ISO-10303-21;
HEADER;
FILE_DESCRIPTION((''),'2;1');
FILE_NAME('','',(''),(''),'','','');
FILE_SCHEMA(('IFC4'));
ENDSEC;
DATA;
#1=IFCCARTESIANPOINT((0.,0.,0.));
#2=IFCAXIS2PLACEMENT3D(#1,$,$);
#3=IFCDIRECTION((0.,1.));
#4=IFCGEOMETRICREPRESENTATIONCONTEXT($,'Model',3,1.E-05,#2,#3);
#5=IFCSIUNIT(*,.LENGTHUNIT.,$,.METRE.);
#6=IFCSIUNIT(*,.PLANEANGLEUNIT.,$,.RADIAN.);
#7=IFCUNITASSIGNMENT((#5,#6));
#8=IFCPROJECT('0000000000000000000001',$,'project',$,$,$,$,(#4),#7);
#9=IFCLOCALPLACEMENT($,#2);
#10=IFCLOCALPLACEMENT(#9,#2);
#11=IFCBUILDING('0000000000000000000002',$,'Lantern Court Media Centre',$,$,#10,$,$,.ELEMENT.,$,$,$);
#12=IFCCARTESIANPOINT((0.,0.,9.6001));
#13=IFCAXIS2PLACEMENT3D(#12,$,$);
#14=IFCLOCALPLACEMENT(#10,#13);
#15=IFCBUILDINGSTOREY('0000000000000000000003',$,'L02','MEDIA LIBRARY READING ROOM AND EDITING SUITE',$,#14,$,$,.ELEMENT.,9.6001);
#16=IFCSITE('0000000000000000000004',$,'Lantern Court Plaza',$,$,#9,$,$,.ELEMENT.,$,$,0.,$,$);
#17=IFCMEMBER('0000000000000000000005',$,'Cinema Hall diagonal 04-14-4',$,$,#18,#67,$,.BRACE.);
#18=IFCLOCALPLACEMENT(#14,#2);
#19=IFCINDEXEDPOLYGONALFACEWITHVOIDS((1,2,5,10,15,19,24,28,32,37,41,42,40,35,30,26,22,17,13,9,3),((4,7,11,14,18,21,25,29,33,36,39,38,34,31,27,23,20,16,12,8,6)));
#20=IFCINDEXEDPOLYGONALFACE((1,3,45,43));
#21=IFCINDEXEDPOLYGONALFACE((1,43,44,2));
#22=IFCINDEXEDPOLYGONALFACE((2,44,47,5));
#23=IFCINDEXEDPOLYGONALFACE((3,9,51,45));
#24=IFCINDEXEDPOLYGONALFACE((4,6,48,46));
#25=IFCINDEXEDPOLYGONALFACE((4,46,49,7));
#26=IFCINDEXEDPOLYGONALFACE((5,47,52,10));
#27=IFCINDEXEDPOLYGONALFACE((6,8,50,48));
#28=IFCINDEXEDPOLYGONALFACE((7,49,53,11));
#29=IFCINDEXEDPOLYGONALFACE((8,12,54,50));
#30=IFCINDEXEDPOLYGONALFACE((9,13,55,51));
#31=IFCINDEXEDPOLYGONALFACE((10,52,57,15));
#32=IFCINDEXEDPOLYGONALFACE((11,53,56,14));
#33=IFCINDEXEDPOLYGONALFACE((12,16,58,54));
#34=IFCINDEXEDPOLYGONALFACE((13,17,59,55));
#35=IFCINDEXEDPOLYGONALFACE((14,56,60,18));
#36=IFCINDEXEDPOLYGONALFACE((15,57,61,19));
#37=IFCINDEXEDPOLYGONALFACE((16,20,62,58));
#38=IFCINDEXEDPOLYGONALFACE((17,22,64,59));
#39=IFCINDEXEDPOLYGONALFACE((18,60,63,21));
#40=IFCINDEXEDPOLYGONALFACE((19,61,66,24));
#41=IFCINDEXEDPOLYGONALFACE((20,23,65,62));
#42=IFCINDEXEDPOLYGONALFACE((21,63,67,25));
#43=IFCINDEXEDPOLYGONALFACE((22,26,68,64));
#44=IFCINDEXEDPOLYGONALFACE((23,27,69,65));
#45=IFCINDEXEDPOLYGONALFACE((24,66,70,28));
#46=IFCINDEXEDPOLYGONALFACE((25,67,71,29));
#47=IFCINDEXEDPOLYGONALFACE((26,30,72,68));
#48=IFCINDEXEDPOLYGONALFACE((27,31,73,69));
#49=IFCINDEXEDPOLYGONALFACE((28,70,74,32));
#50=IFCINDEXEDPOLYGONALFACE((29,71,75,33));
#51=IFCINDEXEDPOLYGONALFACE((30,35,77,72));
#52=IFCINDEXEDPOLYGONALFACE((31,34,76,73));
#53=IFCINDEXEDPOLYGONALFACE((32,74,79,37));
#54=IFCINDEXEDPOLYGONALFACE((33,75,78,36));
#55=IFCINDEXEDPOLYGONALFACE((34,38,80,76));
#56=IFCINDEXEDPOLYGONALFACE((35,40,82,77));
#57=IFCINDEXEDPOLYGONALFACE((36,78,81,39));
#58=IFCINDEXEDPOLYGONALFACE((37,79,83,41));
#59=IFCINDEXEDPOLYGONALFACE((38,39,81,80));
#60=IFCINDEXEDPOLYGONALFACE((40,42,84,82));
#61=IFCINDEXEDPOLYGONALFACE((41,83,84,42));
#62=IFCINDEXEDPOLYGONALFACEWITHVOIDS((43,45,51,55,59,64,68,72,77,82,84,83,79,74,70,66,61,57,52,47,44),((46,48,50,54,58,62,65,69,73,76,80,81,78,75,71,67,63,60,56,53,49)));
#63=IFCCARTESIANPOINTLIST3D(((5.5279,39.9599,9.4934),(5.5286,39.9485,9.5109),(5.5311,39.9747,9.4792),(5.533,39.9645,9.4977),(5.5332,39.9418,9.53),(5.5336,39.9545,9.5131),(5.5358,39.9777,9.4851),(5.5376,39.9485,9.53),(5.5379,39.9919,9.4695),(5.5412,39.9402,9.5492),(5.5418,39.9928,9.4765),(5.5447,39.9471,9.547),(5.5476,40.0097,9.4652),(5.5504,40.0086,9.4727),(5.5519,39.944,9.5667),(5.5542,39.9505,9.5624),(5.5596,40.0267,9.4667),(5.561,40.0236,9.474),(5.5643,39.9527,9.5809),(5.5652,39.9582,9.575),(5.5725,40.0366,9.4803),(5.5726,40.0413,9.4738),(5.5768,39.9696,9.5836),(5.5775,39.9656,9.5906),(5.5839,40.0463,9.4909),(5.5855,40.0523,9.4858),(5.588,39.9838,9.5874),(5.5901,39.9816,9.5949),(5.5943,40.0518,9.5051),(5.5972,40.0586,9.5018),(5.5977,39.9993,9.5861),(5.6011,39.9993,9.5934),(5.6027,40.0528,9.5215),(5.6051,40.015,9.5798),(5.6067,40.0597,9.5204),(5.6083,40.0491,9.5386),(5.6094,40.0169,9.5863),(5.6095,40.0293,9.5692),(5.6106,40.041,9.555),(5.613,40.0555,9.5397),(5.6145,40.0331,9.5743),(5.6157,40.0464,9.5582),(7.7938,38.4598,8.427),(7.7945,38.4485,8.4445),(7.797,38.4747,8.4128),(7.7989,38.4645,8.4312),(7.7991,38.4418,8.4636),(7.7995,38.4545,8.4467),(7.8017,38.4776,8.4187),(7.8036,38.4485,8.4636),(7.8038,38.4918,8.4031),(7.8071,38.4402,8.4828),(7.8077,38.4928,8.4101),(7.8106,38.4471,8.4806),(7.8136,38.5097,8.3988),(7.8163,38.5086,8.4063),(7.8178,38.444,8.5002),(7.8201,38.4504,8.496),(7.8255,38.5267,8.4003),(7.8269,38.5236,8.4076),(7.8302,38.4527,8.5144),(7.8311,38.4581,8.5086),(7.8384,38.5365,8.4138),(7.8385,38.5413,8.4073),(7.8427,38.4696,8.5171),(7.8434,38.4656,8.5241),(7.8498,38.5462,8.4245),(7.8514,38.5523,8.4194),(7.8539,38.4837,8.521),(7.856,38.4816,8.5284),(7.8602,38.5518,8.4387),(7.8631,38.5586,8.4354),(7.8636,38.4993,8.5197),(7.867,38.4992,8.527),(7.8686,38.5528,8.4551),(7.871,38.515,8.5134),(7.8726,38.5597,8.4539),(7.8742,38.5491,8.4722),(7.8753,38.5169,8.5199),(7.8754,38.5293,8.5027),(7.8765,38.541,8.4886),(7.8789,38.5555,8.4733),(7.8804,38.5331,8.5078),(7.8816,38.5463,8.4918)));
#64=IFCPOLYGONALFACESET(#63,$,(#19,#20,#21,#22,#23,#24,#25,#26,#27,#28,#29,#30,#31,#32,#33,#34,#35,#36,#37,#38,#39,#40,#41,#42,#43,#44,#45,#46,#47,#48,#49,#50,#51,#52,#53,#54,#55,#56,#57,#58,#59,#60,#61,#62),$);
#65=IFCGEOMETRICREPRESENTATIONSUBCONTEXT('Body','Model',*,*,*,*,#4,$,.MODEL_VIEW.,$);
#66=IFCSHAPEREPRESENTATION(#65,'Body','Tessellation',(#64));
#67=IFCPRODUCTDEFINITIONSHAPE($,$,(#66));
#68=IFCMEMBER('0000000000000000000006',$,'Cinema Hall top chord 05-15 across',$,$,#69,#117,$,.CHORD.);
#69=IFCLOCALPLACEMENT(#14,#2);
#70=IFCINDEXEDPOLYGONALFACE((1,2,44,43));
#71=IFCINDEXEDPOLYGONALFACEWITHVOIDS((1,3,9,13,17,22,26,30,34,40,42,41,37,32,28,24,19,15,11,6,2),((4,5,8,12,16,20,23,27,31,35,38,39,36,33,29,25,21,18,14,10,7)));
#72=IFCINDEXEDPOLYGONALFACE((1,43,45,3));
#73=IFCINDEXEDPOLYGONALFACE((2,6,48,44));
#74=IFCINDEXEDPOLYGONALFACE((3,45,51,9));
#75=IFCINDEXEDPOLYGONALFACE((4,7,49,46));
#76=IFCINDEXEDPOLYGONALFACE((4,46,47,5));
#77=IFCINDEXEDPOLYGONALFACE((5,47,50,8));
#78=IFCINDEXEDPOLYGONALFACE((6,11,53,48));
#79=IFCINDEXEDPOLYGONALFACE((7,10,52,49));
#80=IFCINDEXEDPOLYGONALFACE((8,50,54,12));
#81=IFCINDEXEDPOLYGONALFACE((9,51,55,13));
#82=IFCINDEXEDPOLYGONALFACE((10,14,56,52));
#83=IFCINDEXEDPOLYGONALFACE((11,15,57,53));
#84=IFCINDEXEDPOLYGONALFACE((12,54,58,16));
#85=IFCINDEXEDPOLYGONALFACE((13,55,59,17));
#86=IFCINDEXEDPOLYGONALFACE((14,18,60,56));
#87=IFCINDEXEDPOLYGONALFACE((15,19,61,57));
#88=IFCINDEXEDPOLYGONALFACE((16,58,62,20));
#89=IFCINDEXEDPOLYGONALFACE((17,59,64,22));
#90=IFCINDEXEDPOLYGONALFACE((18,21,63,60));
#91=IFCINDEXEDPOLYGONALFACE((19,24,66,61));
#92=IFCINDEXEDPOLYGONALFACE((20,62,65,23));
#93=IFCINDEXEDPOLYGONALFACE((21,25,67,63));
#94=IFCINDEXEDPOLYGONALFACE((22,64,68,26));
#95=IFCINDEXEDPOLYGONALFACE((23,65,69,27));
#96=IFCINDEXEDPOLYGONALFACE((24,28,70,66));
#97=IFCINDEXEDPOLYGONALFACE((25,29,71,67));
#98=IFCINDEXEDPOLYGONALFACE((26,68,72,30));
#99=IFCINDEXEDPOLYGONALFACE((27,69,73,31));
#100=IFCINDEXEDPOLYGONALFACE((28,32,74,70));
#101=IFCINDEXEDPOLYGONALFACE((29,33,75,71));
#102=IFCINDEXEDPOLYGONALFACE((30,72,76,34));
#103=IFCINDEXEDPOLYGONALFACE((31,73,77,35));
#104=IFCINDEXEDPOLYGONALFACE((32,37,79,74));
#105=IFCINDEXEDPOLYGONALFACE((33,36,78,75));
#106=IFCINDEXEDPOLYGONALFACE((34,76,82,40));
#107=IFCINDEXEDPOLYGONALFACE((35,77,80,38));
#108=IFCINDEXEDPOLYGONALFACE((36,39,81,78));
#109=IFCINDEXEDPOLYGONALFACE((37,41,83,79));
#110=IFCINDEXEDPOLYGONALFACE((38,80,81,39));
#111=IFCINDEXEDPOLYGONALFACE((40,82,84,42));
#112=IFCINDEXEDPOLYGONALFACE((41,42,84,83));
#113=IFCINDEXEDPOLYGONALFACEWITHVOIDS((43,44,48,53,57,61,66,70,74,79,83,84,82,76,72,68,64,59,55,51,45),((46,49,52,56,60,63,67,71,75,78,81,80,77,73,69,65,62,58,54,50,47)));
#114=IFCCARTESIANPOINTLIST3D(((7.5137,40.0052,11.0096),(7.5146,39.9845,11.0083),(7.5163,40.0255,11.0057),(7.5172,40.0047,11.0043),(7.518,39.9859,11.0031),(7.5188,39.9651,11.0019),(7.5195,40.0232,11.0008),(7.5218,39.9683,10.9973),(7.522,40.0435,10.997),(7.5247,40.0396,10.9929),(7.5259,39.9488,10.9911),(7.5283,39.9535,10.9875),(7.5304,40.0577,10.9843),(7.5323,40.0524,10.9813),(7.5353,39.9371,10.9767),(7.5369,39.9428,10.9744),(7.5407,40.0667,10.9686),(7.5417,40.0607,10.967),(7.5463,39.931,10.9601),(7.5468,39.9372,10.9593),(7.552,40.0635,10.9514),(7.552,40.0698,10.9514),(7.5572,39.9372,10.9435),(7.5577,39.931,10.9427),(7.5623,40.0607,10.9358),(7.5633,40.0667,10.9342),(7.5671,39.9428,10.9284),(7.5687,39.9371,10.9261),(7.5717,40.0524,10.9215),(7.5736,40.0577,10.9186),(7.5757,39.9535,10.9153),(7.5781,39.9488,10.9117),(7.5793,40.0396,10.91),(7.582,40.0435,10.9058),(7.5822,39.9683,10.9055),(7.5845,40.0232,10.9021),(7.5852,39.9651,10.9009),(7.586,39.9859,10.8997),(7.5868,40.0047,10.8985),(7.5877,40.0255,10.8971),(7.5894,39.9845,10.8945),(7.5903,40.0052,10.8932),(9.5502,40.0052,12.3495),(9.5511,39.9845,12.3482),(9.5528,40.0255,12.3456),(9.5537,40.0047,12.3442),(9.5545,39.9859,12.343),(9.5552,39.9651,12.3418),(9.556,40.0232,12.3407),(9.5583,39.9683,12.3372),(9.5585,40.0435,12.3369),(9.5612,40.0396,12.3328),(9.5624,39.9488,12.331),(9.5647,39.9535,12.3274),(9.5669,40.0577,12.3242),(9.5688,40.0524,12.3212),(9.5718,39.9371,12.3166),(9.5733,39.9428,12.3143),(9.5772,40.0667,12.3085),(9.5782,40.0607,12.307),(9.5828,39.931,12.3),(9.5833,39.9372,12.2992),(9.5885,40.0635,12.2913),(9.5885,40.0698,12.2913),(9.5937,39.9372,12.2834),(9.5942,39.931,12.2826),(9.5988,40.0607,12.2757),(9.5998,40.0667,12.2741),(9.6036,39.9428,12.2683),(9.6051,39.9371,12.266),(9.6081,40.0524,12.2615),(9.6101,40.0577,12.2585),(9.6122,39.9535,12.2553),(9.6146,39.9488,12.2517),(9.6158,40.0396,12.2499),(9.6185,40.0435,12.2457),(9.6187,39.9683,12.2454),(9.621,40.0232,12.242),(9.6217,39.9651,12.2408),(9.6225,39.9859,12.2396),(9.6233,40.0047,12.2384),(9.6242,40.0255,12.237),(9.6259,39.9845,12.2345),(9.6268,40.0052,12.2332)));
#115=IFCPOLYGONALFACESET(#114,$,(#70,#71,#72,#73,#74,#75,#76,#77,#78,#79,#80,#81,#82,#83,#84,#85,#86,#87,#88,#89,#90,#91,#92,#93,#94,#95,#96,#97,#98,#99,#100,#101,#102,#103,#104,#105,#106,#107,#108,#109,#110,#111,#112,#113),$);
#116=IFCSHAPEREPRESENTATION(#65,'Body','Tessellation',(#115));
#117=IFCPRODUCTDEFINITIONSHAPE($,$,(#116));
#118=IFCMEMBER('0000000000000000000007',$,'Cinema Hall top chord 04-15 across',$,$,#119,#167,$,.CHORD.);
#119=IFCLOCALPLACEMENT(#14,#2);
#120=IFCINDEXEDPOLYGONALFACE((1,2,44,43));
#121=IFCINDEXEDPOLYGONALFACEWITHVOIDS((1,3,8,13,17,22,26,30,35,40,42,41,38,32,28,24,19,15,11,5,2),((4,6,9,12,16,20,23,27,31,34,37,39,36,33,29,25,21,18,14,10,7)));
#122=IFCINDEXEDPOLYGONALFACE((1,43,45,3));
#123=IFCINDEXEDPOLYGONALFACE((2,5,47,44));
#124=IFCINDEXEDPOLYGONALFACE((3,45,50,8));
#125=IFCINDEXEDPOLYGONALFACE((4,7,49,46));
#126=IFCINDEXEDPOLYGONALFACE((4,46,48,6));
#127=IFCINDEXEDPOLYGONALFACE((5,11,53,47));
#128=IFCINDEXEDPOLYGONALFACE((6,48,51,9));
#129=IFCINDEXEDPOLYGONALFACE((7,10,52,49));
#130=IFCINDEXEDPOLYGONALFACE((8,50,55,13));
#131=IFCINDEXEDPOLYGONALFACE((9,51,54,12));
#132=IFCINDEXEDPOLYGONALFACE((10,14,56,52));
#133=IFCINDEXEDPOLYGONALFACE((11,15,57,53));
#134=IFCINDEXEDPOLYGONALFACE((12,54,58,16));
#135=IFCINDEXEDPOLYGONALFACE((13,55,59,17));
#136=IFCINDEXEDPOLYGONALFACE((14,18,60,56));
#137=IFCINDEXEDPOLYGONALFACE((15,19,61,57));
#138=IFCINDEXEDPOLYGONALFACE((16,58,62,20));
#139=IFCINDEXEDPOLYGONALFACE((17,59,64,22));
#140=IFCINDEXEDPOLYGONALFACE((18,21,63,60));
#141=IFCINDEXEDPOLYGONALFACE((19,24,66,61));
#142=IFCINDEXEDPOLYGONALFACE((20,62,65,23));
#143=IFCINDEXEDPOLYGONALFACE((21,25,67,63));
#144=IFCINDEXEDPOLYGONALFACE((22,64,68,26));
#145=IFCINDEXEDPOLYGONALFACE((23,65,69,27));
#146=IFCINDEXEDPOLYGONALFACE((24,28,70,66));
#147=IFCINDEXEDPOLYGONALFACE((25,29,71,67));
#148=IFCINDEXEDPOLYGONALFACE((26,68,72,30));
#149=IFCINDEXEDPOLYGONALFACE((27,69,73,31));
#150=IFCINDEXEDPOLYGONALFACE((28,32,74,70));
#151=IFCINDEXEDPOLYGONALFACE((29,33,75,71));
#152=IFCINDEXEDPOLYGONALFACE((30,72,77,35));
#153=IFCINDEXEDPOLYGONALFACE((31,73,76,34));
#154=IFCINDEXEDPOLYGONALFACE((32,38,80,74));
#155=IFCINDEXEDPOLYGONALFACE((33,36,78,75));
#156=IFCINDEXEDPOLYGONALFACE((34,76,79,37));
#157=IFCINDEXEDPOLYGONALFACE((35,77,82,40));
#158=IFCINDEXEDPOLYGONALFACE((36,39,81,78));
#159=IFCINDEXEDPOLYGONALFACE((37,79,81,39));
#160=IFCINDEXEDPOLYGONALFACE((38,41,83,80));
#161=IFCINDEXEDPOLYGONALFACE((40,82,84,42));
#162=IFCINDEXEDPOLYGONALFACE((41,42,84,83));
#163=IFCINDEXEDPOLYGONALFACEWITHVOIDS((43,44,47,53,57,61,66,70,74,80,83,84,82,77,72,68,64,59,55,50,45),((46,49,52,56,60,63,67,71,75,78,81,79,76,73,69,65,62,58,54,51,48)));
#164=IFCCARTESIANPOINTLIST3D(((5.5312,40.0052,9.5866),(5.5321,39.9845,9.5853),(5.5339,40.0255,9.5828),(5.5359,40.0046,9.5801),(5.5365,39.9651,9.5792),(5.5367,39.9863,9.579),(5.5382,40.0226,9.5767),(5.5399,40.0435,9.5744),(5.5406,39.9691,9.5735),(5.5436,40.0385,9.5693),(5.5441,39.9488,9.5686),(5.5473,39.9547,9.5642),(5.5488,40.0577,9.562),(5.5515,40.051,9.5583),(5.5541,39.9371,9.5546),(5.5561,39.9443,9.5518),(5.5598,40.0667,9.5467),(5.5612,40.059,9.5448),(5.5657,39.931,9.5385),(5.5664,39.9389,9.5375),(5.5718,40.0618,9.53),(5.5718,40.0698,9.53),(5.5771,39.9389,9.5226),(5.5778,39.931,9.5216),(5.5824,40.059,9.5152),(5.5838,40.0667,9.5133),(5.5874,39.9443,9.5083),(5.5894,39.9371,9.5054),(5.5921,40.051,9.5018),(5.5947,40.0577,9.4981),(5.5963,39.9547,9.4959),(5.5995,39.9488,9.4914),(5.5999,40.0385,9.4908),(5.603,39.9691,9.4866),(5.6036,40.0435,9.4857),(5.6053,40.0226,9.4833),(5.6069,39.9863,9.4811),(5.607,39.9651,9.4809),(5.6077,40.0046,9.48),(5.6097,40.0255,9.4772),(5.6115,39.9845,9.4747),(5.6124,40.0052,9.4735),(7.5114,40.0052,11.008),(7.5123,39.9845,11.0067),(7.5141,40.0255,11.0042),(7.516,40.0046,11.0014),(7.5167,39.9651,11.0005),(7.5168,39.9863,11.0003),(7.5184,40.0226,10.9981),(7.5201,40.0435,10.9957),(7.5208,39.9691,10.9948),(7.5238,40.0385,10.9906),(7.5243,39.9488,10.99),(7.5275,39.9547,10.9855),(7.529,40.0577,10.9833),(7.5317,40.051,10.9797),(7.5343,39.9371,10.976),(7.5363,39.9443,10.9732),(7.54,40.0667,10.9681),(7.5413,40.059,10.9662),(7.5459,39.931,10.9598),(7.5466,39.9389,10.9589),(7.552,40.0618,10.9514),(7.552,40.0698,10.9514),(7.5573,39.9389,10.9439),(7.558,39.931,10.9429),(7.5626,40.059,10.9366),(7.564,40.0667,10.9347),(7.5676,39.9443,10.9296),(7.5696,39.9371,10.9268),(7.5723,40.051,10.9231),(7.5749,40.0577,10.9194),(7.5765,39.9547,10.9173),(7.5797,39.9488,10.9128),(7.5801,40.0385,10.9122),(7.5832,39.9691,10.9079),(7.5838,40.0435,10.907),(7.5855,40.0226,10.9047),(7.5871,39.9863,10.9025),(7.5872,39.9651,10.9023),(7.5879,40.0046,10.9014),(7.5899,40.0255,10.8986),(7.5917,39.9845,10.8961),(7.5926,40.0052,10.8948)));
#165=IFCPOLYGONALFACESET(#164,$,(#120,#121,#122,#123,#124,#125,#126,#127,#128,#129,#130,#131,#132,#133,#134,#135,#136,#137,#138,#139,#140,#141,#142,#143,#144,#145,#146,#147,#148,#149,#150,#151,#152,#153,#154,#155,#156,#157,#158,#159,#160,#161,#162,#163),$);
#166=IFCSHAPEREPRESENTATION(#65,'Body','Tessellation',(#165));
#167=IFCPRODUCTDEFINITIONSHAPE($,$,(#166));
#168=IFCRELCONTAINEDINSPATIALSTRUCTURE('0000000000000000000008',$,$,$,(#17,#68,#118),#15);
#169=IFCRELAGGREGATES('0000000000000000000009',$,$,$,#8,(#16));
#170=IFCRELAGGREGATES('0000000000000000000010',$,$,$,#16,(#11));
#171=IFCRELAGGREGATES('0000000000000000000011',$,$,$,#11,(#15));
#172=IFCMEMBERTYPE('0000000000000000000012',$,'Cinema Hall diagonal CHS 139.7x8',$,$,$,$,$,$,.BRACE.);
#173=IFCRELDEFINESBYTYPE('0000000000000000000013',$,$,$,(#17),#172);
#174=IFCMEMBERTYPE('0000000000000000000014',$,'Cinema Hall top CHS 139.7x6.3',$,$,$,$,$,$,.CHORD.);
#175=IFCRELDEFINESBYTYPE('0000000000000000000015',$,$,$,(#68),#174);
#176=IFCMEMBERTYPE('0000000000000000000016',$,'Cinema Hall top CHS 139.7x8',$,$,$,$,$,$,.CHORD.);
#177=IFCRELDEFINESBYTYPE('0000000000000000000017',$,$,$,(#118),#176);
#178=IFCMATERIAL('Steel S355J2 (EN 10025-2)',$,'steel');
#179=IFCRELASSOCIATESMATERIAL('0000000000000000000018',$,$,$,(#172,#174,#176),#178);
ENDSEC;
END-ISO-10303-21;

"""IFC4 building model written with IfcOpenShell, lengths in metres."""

from ifc_helpers import new_model, si_unit, direction, frame, origin, origin_2d, place, context, subcontext, project, spatial, hollow_circle, extrude, material, material_profile, profile_set, type_object, element, save


model = new_model("IFC4")

# Units and contexts
model_context = context("Model", 3, precision=1e-05, world=origin(), true_north=direction((0.0, 1.0)))
body_context = subcontext(model_context, "Body", "Model", "MODEL_VIEW")
ifc_project = project(units=[si_unit("LENGTHUNIT", "METRE"), si_unit("PLANEANGLEUNIT", "RADIAN")], contexts=[model_context])

# Site, building, storey
site_placement = place(None, origin())
site = spatial("IfcSite", under=ifc_project, at=site_placement, Name="Lantern Court Plaza", CompositionType="ELEMENT", RefElevation=0.0)
building_placement = place(site_placement, origin())
building = spatial("IfcBuilding", under=site, at=building_placement, Name="Lantern Court Media Centre", CompositionType="ELEMENT")
storey_placement = place(building_placement, frame((0.0, 0.0, 9.6001)))
storey = spatial("IfcBuildingStorey", under=building, at=storey_placement, Name="L02", Description="MEDIA LIBRARY READING ROOM AND EDITING SUITE", CompositionType="ELEMENT", Elevation=9.6001)

# Shared definitions
ifc_material_1 = material(Name="Steel S355J2 (EN 10025-2)", Category="steel")

# Members
ifc_material_profile_1 = material_profile(ifc_material_1, hollow_circle(Radius=0.0698, WallThickness=0.0081, at=origin_2d()), Name="Cinema Hall diagonal CHS 139.7x8")
ifc_profile_set_1 = profile_set([ifc_material_profile_1], Name="Steel S355J2 (EN 10025-2)")
member_type_1 = type_object("IfcMemberType", Name="Cinema Hall diagonal CHS 139.7x8", PredefinedType="BRACE", material=ifc_profile_set_1)
member_1_placement = place(storey_placement, frame((7.8376, 38.5, 8.4636), z_axis=(-0.776211, 0.51385, 0.365315), x_axis=(-0.552002, -0.833843, 0.0)))
element("IfcMember", 1, at=member_1_placement, inside=storey, type_object=member_type_1, Name="Cinema Hall diagonal 04-14-4", PredefinedType="BRACE", context=body_context, shape_type="SweptSolid", body=[
    extrude(hollow_circle(Radius=0.0698, WallThickness=0.0081, at=origin_2d()), origin(), (0.0, 0.0, 1.0), 2.9192),
])
ifc_material_profile_2 = material_profile(ifc_material_1, hollow_circle(Radius=0.0698, WallThickness=0.0063, at=origin_2d()), Name="Cinema Hall top CHS 139.7x6.3")
ifc_profile_set_2 = profile_set([ifc_material_profile_2], Name="Steel S355J2 (EN 10025-2)")
member_type_2 = type_object("IfcMemberType", Name="Cinema Hall top CHS 139.7x6.3", PredefinedType="CHORD", material=ifc_profile_set_2)
member_2_placement = place(storey_placement, frame((7.552, 40.0, 10.9514), z_axis=(0.835394, 0.0, 0.549651), x_axis=(0.0, 1.0, 0.0)))
element("IfcMember", 2, at=member_2_placement, inside=storey, type_object=member_type_2, Name="Cinema Hall top chord 05-15 across", PredefinedType="CHORD", context=body_context, shape_type="SweptSolid", body=[
    extrude(hollow_circle(Radius=0.0698, WallThickness=0.0063, at=origin_2d()), origin(), (0.0, 0.0, 1.0), 2.4377),
])
ifc_material_profile_3 = material_profile(ifc_material_1, hollow_circle(Radius=0.0698, WallThickness=0.0081, at=origin_2d()), Name="Cinema Hall top CHS 139.7x8")
ifc_profile_set_3 = profile_set([ifc_material_profile_3], Name="Steel S355J2 (EN 10025-2)")
member_type_3 = type_object("IfcMemberType", Name="Cinema Hall top CHS 139.7x8", PredefinedType="CHORD", material=ifc_profile_set_3)
member_3_placement = place(storey_placement, frame((5.5718, 40.0, 9.53), z_axis=(0.812385, 0.0, 0.583122), x_axis=(0.0, 1.0, 0.0)))
element("IfcMember", 3, at=member_3_placement, inside=storey, type_object=member_type_3, Name="Cinema Hall top chord 04-15 across", PredefinedType="CHORD", context=body_context, shape_type="SweptSolid", body=[
    extrude(hollow_circle(Radius=0.0698, WallThickness=0.0081, at=origin_2d()), origin(), (0.0, 0.0, 1.0), 2.4375),
])

save(model, "model.ifc")
